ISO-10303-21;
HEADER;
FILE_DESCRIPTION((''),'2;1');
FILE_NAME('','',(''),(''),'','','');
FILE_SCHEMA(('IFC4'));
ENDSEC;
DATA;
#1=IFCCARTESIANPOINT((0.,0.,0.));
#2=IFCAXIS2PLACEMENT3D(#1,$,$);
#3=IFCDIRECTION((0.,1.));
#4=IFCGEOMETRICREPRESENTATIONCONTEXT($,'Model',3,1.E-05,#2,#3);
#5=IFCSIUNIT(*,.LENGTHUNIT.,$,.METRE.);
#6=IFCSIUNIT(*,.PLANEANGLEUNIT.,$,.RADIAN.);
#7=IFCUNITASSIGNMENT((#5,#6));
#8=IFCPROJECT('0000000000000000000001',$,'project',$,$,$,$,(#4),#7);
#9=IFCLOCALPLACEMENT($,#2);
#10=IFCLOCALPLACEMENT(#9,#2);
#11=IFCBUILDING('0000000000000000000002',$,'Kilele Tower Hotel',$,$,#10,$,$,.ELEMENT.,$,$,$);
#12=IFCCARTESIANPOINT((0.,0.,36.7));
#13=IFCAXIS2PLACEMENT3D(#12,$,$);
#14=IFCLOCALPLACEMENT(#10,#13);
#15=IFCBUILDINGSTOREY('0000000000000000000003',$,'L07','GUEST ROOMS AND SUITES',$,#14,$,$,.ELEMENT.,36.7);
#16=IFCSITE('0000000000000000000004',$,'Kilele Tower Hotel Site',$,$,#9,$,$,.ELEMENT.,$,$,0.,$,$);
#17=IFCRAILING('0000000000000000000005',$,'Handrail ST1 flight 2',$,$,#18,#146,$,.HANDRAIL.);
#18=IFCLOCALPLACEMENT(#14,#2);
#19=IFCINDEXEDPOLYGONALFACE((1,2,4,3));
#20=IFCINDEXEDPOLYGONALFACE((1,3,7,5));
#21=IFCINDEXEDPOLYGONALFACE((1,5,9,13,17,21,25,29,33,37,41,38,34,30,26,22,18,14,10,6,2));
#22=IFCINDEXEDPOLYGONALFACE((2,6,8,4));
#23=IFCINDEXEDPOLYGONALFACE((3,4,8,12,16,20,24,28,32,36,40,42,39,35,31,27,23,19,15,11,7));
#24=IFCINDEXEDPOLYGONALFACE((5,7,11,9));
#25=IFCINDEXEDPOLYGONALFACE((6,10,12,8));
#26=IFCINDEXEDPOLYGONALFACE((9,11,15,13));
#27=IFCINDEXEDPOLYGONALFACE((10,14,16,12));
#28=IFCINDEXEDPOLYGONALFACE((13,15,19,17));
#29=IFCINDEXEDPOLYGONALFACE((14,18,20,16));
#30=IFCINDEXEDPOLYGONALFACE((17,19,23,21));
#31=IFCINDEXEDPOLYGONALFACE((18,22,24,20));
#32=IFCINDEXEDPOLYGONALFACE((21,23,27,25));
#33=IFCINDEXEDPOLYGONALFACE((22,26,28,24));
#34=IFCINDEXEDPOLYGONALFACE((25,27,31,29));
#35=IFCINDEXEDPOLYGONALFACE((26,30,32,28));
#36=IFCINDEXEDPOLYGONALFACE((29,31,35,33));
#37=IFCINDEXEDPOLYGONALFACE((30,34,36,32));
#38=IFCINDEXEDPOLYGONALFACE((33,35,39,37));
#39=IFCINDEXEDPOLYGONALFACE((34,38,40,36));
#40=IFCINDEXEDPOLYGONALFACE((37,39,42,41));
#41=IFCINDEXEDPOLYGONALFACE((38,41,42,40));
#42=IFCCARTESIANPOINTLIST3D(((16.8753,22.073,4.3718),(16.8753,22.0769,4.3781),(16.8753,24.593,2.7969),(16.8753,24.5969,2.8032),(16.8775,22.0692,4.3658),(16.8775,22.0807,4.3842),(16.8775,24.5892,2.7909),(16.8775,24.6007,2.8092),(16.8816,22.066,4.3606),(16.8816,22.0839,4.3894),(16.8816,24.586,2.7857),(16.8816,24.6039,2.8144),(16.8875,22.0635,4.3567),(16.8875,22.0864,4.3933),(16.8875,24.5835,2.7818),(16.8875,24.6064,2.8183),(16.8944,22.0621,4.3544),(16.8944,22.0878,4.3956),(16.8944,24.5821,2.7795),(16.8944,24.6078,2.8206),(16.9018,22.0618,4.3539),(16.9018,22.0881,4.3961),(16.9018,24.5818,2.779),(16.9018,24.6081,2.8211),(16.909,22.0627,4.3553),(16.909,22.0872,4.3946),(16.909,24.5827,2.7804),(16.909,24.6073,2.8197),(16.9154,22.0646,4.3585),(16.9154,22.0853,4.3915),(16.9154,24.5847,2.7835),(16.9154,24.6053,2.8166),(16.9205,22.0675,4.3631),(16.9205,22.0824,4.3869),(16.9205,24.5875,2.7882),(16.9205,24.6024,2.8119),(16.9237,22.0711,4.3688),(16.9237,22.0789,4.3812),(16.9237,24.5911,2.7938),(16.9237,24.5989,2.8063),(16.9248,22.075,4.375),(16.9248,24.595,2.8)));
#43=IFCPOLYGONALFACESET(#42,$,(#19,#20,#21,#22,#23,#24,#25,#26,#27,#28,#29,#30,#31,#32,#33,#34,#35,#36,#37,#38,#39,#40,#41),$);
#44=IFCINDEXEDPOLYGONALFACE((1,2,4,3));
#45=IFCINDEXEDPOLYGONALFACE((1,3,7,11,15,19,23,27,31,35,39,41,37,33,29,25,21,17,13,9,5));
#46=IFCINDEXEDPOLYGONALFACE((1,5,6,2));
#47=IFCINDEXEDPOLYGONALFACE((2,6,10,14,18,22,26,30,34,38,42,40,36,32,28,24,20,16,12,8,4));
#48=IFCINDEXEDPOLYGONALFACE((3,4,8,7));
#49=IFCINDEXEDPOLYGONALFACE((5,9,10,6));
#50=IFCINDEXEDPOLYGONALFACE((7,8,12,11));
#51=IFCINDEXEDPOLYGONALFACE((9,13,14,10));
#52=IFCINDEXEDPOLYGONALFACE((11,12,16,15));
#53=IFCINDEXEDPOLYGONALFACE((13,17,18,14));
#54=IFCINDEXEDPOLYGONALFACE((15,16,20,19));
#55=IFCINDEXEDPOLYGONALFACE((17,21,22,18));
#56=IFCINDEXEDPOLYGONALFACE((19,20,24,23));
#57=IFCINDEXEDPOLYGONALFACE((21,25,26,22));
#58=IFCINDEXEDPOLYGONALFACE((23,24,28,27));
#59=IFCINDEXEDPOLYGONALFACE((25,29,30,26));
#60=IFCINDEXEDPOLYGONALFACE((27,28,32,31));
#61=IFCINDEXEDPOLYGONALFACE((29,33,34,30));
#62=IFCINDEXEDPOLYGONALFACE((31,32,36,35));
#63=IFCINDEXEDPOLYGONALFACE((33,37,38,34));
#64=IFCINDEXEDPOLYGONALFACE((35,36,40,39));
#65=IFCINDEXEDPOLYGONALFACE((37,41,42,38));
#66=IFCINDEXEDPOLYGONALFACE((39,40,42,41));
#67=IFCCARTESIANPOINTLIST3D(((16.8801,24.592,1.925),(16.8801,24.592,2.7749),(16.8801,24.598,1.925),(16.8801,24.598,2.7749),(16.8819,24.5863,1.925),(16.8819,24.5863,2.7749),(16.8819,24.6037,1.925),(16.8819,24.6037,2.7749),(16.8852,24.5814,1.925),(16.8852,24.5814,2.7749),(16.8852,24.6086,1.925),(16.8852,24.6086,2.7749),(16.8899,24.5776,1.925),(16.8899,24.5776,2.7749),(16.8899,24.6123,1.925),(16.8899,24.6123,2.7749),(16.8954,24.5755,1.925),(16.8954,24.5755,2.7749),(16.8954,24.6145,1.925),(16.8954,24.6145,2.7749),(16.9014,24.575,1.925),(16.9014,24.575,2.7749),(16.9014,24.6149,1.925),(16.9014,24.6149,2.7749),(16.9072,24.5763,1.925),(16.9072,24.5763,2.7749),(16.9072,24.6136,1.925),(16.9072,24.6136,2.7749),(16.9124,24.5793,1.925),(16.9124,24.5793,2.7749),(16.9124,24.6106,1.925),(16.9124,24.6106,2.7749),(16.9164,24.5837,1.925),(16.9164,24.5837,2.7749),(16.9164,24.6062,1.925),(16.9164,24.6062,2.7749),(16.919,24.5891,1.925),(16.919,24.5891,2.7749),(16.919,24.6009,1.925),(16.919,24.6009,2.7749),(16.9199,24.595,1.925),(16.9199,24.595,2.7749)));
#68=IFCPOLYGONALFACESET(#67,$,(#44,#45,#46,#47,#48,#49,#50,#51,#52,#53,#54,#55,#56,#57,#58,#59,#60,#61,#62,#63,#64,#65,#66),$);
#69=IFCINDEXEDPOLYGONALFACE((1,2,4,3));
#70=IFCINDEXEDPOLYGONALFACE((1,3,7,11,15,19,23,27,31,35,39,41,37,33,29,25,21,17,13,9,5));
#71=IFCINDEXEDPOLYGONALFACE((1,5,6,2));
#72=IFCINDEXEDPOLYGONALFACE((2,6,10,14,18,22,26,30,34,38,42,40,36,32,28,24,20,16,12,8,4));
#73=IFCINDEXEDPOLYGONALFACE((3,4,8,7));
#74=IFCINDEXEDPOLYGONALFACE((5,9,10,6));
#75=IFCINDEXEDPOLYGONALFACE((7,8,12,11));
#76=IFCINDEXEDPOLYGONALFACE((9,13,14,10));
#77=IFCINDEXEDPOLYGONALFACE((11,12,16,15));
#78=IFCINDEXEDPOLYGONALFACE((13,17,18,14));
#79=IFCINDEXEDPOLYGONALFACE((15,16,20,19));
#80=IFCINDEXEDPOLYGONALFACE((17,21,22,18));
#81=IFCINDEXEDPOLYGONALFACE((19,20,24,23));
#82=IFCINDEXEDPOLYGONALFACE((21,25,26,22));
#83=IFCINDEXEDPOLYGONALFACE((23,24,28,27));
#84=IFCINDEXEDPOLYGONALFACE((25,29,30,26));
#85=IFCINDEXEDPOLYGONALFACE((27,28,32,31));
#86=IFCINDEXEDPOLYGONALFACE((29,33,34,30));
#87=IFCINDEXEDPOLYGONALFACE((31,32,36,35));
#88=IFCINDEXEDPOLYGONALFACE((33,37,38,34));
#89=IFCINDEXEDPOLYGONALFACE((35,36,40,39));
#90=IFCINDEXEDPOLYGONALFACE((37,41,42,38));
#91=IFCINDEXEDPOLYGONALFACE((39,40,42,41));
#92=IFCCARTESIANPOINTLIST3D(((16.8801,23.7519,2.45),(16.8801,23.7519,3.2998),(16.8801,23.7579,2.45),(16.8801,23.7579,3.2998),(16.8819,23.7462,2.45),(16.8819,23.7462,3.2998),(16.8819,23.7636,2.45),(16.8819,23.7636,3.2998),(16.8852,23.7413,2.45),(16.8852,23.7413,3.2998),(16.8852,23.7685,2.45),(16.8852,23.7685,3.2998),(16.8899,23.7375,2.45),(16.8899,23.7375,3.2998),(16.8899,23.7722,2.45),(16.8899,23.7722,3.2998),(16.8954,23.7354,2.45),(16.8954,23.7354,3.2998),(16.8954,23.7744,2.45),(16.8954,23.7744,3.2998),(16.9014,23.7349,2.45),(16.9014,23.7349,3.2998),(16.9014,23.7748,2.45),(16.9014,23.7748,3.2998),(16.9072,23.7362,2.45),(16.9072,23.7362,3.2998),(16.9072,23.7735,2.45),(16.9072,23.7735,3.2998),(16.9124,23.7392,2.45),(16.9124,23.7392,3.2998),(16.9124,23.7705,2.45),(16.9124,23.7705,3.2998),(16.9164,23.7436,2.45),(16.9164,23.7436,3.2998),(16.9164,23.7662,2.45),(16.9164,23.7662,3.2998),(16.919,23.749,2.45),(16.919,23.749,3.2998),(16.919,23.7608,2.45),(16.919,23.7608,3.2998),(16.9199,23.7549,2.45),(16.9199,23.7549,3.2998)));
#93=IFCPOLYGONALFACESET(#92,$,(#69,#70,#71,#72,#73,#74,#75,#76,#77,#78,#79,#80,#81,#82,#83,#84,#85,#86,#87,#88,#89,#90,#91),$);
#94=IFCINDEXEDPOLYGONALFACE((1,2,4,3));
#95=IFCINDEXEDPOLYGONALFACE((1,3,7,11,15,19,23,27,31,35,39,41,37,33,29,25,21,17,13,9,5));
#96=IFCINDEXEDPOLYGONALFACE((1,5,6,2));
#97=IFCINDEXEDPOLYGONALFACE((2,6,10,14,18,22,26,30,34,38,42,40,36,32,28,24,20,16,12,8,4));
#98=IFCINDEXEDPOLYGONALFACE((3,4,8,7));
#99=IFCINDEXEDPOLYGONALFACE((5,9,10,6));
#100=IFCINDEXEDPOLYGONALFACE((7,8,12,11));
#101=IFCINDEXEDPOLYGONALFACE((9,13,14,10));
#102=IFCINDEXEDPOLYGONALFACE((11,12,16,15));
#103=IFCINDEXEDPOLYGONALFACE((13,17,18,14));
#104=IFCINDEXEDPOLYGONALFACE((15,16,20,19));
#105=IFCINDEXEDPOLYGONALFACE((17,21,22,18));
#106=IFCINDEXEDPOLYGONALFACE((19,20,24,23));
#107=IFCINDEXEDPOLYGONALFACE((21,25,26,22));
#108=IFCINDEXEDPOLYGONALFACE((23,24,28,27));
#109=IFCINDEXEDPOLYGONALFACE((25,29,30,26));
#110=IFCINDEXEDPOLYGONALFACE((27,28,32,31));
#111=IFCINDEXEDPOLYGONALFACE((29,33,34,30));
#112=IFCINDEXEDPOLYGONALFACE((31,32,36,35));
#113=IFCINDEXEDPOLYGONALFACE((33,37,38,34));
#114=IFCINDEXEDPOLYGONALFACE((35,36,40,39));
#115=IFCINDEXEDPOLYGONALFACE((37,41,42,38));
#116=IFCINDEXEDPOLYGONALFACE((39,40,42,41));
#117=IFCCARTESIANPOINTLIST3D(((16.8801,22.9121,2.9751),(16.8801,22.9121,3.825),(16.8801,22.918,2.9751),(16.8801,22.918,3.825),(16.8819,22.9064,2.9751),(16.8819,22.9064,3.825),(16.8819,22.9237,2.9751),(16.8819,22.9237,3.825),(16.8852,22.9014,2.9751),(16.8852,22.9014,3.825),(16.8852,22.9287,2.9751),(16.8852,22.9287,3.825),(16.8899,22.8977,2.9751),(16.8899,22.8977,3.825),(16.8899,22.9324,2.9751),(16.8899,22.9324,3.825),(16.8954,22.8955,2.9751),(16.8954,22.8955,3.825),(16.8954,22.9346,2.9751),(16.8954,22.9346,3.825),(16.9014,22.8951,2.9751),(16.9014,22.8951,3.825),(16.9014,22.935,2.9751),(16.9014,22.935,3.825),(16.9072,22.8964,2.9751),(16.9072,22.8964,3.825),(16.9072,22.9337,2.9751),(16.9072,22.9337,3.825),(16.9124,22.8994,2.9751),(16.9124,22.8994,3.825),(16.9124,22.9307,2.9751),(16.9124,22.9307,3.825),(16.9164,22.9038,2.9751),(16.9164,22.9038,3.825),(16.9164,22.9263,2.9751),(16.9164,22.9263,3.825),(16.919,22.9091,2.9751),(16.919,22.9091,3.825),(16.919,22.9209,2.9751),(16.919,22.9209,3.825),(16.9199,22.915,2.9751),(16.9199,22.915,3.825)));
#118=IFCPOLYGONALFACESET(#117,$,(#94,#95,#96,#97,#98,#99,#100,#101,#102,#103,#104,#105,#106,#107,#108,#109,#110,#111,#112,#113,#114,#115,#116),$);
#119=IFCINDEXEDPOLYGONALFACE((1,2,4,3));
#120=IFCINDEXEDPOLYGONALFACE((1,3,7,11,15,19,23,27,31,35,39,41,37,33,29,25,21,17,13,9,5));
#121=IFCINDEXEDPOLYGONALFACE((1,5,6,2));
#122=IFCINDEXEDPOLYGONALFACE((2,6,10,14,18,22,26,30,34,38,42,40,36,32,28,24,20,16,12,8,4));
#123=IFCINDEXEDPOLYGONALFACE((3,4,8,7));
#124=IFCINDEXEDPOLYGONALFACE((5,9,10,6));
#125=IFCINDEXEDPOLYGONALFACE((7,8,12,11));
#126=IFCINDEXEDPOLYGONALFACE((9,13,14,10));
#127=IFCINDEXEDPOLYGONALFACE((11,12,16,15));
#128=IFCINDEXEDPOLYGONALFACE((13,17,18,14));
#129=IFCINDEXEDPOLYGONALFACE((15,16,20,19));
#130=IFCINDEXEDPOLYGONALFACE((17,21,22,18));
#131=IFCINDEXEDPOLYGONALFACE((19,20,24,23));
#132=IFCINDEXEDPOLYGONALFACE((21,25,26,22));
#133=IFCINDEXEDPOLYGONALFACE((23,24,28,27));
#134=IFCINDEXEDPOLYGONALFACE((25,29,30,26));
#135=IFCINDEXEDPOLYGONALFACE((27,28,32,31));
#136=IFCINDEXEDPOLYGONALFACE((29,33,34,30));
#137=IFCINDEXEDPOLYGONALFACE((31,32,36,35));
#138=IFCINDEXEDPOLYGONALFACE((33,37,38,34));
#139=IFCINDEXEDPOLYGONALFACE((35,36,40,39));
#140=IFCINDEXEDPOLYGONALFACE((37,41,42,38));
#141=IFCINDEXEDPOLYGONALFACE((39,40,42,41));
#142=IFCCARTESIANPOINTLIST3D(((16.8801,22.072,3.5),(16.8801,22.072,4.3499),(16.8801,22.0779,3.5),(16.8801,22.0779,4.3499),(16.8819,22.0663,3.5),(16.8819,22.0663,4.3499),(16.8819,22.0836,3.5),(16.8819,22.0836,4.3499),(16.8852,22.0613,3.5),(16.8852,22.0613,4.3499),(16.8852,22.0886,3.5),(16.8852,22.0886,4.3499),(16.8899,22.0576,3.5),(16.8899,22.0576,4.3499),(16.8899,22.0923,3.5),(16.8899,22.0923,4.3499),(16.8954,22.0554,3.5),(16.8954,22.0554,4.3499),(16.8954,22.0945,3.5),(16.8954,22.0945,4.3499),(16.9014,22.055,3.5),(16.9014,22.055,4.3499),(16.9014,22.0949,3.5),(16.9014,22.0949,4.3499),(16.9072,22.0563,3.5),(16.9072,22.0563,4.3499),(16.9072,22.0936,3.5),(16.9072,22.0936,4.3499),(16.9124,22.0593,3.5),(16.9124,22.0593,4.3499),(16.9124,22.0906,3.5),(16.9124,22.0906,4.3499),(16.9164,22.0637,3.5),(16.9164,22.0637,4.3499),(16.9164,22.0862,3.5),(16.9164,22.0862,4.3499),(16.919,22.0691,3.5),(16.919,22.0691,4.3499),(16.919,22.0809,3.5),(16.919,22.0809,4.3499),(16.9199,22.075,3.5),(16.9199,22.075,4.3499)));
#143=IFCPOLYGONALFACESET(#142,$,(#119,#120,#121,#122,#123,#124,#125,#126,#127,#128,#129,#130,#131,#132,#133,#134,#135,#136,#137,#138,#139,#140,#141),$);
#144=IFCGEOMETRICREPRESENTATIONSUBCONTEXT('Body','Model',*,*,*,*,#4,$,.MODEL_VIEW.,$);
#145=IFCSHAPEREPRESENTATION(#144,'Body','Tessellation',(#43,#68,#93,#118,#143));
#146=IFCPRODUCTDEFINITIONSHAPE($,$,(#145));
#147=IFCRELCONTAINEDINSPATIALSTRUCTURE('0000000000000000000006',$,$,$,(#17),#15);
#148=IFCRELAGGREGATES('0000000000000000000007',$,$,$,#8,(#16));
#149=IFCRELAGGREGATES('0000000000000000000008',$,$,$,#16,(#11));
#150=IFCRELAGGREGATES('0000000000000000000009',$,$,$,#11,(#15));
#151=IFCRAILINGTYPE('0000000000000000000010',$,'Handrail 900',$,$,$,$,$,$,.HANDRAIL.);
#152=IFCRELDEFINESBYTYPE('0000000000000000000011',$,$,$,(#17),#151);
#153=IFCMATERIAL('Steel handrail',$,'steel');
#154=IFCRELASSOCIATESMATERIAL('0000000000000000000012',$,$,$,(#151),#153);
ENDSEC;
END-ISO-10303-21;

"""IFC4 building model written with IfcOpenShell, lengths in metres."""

from ifc_helpers import new_model, si_unit, direction, frame, origin, origin_2d, place, context, subcontext, project, spatial, circle, extrude, material, type_object, element, save


model = new_model("IFC4")

# Units and contexts
model_context = context("Model", 3, precision=1e-05, world=origin(), true_north=direction((0.0, 1.0)))
body_context = subcontext(model_context, "Body", "Model", "MODEL_VIEW")
ifc_project = project(units=[si_unit("LENGTHUNIT", "METRE"), si_unit("PLANEANGLEUNIT", "RADIAN")], contexts=[model_context])

# Site, building, storey
site_placement = place(None, origin())
site = spatial("IfcSite", under=ifc_project, at=site_placement, Name="Kilele Tower Hotel Site", CompositionType="ELEMENT", RefElevation=0.0)
building_placement = place(site_placement, origin())
building = spatial("IfcBuilding", under=site, at=building_placement, Name="Kilele Tower Hotel", CompositionType="ELEMENT")
storey_placement = place(building_placement, frame((0.0, 0.0, 36.7)))
storey = spatial("IfcBuildingStorey", under=building, at=storey_placement, Name="L07", Description="GUEST ROOMS AND SUITES", CompositionType="ELEMENT", Elevation=36.7)

# Railing
ifc_material_1 = material(Name="Steel handrail", Category="steel")
railing_type_1 = type_object("IfcRailingType", Name="Handrail 900", PredefinedType="HANDRAIL", material=ifc_material_1)
for number, where, name in (
    (1, (16.8999, 24.595, 1.925), "Handrail ST1 flight 2"),
):
    element("IfcRailing", number, at=place(storey_placement, frame(where)), inside=storey, type_object=railing_type_1, Name=name, PredefinedType="HANDRAIL", context=body_context, shape_type="SweptSolid", body=[
        extrude(circle(Radius=0.0249, at=origin_2d()), frame((0.0, 0.0, 0.875), z_axis=(0.0, -0.848008, 0.529984), x_axis=(1.0, 0.0, 0.0)), (0.0, 0.0, 1.0), 2.9717),
        extrude(circle(Radius=0.02, at=origin_2d()), origin(), (0.0, 0.0, 1.0), 0.8499),
        extrude(circle(Radius=0.02, at=origin_2d()), frame((0.0, -0.8401, 0.5249)), (0.0, 0.0, 1.0), 0.8499),
        extrude(circle(Radius=0.02, at=origin_2d()), frame((0.0, -1.6799, 1.05)), (0.0, 0.0, 1.0), 0.8499),
        extrude(circle(Radius=0.02, at=origin_2d()), frame((0.0, -2.52, 1.575)), (0.0, 0.0, 1.0), 0.8499),
    ])

save(model, "model.ifc")
